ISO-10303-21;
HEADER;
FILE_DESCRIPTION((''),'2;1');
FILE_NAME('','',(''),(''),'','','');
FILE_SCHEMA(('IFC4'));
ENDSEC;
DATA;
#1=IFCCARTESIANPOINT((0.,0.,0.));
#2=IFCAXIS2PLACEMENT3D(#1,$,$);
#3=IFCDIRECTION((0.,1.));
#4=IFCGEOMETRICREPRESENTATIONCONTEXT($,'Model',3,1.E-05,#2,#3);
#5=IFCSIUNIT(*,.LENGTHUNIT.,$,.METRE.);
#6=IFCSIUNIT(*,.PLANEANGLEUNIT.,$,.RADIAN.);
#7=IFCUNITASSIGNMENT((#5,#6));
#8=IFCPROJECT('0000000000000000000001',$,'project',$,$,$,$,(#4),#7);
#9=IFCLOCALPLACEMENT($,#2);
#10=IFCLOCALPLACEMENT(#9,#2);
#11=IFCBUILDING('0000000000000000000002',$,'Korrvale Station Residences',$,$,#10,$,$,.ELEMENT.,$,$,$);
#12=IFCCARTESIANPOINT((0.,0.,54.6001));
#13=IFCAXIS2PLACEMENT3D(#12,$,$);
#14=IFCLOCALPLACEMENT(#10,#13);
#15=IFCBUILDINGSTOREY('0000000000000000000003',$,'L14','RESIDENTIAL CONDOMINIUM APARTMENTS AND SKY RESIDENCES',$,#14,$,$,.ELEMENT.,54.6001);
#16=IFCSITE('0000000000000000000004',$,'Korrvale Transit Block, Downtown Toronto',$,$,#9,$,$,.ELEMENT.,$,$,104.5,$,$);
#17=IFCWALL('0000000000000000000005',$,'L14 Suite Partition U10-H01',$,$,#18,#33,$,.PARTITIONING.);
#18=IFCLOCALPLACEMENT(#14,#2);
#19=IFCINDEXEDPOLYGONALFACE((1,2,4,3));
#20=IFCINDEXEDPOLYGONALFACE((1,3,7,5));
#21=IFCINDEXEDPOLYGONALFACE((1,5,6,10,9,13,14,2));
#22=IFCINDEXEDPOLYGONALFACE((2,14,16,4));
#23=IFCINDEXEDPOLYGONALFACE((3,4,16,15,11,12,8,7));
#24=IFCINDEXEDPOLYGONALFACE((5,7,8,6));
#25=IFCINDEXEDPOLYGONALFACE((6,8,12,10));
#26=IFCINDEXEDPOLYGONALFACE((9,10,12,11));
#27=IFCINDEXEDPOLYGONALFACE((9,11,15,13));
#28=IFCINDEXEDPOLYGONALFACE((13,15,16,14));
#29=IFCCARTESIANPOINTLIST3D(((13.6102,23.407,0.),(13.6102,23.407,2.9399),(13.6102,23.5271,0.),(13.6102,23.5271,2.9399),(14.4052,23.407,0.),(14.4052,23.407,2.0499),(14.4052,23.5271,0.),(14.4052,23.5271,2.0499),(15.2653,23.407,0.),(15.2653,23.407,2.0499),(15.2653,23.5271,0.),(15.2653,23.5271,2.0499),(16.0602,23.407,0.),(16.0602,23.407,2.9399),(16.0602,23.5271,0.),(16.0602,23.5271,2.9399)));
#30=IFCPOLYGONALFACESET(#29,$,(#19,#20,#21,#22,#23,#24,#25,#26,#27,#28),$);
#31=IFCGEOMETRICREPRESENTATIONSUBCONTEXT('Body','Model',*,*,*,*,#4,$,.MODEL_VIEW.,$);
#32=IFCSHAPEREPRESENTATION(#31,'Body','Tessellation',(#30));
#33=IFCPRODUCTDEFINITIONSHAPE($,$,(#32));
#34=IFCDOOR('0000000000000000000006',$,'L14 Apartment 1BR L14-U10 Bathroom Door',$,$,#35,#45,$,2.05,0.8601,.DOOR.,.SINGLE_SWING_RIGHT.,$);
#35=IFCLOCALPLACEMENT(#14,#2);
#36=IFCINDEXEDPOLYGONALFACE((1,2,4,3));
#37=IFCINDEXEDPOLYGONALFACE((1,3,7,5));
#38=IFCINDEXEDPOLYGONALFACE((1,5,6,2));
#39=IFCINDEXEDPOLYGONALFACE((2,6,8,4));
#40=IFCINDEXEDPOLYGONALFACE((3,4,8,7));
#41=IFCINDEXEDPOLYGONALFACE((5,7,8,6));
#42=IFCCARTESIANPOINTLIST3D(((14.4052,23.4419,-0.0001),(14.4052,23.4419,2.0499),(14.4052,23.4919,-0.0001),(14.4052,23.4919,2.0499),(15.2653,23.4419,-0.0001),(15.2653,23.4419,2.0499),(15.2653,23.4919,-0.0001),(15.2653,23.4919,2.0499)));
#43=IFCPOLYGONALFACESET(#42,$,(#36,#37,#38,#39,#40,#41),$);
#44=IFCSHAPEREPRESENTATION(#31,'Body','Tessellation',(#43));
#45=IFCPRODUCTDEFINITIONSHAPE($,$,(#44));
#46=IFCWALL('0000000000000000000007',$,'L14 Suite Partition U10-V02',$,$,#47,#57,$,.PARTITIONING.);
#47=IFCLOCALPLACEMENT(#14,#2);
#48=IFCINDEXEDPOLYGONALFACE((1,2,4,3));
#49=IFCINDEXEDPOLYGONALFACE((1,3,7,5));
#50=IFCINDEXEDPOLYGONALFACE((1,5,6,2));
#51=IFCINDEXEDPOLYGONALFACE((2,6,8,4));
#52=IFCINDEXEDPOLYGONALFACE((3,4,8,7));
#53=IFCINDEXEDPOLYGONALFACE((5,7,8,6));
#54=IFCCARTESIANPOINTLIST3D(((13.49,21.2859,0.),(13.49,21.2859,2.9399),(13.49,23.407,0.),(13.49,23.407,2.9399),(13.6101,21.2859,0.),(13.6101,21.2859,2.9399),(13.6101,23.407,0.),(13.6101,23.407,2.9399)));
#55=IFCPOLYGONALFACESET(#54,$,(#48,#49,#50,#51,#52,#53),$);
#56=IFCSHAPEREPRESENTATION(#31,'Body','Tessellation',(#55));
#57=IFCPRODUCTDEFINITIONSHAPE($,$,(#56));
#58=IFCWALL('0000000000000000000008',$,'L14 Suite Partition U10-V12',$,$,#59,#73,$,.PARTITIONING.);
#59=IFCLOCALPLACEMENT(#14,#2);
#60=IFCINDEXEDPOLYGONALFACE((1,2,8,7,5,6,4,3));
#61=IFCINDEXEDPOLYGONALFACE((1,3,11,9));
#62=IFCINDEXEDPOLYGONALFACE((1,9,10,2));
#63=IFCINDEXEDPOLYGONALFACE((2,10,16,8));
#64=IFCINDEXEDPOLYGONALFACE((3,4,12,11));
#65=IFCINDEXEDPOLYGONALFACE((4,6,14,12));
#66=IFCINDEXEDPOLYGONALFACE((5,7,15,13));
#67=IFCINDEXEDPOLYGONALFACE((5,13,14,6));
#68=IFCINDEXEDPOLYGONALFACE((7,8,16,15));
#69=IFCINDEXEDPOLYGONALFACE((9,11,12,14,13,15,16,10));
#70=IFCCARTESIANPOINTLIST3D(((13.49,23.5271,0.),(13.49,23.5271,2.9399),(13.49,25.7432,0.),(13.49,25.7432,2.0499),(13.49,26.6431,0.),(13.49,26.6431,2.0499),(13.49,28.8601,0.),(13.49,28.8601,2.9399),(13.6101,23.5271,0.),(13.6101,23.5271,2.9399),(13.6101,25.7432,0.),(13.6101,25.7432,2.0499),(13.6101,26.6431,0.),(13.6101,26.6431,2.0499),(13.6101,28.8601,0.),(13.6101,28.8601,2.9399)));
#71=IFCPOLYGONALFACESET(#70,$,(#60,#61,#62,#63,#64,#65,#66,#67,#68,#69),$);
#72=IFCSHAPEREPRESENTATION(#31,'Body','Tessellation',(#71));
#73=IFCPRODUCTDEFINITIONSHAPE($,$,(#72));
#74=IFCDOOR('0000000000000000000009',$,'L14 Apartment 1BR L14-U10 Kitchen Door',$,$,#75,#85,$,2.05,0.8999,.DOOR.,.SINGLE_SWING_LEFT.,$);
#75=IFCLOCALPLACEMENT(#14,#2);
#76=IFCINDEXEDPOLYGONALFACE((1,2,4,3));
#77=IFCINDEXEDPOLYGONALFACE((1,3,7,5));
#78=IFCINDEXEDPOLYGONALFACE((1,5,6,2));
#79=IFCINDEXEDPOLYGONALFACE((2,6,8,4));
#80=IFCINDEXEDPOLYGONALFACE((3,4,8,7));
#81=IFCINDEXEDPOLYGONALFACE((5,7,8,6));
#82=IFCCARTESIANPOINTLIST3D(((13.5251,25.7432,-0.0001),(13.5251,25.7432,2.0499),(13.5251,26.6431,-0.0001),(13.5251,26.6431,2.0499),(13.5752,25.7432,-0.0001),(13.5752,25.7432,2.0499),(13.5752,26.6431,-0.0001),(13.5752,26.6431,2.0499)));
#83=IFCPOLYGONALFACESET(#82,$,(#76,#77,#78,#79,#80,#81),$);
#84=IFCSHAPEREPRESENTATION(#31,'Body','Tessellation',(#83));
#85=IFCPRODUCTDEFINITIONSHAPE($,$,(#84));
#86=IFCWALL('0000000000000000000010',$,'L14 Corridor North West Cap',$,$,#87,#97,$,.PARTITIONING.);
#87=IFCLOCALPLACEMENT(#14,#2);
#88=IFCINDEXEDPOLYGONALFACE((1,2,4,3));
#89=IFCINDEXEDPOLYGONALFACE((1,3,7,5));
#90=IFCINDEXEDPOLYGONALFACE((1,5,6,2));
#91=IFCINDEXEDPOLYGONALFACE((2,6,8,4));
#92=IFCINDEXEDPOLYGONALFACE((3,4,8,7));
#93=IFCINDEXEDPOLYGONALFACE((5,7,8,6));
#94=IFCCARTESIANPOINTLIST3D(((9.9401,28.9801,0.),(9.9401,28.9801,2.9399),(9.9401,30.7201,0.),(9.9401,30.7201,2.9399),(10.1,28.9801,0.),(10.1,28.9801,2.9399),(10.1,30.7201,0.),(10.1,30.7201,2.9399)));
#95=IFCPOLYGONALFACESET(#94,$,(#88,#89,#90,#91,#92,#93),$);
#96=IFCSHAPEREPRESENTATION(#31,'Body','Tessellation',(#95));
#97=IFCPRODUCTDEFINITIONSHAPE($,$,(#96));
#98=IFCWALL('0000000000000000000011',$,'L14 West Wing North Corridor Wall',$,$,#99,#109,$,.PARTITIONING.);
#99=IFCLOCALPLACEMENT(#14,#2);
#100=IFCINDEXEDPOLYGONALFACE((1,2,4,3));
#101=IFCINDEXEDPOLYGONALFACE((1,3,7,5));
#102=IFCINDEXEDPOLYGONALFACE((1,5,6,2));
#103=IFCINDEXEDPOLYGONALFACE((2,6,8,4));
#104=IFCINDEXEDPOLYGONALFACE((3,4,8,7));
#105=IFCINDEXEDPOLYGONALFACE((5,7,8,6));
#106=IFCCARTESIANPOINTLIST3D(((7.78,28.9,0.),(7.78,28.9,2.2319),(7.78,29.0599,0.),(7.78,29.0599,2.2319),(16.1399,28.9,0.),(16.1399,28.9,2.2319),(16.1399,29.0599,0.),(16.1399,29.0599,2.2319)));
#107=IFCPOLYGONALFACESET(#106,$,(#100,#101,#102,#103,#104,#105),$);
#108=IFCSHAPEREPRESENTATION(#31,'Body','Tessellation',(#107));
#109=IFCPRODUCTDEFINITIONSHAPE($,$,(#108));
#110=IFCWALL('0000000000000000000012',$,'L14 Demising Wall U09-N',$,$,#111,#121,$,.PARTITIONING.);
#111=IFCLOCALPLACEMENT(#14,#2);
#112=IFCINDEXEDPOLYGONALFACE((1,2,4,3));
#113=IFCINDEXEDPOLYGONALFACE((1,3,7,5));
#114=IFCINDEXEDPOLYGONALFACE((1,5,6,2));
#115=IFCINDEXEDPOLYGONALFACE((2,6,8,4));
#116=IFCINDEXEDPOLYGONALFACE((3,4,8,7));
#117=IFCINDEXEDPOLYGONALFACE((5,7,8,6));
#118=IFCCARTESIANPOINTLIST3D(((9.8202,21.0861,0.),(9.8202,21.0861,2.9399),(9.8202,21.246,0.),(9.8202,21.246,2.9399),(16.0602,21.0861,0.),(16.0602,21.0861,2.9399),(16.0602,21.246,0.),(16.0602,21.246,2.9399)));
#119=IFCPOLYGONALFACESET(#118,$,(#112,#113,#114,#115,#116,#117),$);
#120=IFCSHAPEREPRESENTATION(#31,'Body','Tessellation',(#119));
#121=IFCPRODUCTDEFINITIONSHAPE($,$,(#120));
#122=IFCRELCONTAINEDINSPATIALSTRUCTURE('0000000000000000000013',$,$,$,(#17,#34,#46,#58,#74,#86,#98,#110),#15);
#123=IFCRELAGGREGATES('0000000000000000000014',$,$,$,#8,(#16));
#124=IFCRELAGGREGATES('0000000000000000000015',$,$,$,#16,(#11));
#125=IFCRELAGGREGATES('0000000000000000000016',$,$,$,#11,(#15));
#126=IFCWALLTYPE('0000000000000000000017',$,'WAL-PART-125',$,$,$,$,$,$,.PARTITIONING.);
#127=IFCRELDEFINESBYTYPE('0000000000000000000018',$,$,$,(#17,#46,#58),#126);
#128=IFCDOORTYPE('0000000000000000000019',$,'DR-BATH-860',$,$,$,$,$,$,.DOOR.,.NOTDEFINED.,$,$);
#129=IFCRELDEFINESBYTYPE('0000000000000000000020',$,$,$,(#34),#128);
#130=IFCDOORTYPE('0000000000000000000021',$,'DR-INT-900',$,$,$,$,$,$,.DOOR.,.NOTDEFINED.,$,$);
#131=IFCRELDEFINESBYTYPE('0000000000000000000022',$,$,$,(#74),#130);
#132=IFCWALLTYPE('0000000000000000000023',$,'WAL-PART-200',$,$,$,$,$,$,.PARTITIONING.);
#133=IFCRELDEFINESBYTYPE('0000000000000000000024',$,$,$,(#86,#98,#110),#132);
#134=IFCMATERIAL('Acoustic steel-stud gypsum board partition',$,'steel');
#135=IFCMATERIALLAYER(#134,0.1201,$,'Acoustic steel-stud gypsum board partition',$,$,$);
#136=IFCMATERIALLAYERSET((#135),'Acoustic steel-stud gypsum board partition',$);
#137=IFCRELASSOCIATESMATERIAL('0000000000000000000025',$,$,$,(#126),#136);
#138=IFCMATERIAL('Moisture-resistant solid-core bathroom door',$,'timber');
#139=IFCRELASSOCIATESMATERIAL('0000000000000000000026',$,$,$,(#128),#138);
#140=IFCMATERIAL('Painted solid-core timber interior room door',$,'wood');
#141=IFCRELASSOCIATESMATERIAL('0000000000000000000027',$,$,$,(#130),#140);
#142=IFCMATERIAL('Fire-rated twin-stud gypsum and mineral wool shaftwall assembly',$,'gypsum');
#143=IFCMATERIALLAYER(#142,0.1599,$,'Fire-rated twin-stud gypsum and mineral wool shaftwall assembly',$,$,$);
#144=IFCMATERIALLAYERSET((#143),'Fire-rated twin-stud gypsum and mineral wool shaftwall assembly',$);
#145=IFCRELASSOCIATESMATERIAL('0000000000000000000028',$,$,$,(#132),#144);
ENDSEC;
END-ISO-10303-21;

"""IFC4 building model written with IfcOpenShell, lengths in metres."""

from ifc_helpers import new_model, si_unit, direction, frame, frame_2d, origin, place, context, subcontext, project, spatial, rectangle, extrude, material, layer, layer_set, type_object, element, fill, save


model = new_model("IFC4")

# Units and contexts
model_context = context("Model", 3, precision=1e-05, world=origin(), true_north=direction((0.0, 1.0)))
body_context = subcontext(model_context, "Body", "Model", "MODEL_VIEW")
ifc_project = project(units=[si_unit("LENGTHUNIT", "METRE"), si_unit("PLANEANGLEUNIT", "RADIAN")], contexts=[model_context])

# Site, building, storey
site_placement = place(None, origin())
site = spatial("IfcSite", under=ifc_project, at=site_placement, Name="Korrvale Transit Block, Downtown Toronto", CompositionType="ELEMENT", RefElevation=104.5)
building_placement = place(site_placement, origin())
building = spatial("IfcBuilding", under=site, at=building_placement, Name="Korrvale Station Residences", CompositionType="ELEMENT")
storey_placement = place(building_placement, frame((0.0, 0.0, 54.6001)))
storey = spatial("IfcBuildingStorey", under=building, at=storey_placement, Name="L14", Description="RESIDENTIAL CONDOMINIUM APARTMENTS AND SKY RESIDENCES", CompositionType="ELEMENT", Elevation=54.6001)

# Wall, opening, door
ifc_material_1 = material(Name="Acoustic steel-stud gypsum board partition", Category="steel")
ifc_layer_1 = layer(ifc_material_1, 0.1201, Name="Acoustic steel-stud gypsum board partition")
ifc_layer_set_1 = layer_set([ifc_layer_1], Name="Acoustic steel-stud gypsum board partition")
wall_type_1 = type_object("IfcWallType", Name="WAL-PART-125", PredefinedType="PARTITIONING", material=ifc_layer_set_1)
ifc_material_2 = material(Name="Moisture-resistant solid-core bathroom door", Category="timber")
door_type_1 = type_object("IfcDoorType", Name="DR-BATH-860", OperationType="NOTDEFINED", PredefinedType="DOOR", material=ifc_material_2)
ifc_material_3 = material(Name="Painted solid-core timber interior room door", Category="wood")
door_type_2 = type_object("IfcDoorType", Name="DR-INT-900", OperationType="NOTDEFINED", PredefinedType="DOOR", material=ifc_material_3)
wall_1_placement = place(storey_placement, frame((13.6101, 23.467, 0.0), z_axis=(0.0, 0.0, 1.0), x_axis=(1.0, 0.0, 0.0)))
wall_1 = element("IfcWall", 1, at=wall_1_placement, inside=storey, type_object=wall_type_1, Name="L14 Suite Partition U10-H01", PredefinedType="PARTITIONING", context=body_context, shape_type="SweptSolid", body=[
    extrude(rectangle(XDim=2.45, YDim=0.1201, at=frame_2d((1.2251, 0.0))), origin(), (0.0, 0.0, 1.0), 2.9399),
])
opening_1_placement = place(wall_1_placement, frame((0.7949, 0.0, 0.0)))
opening_1 = element("IfcOpeningElement", 2, at=opening_1_placement, cuts=wall_1, PredefinedType="OPENING", context=body_context, shape_type="SweptSolid", body=[
    extrude(rectangle(XDim=0.8601, YDim=2.05, at=frame_2d((0.4302, 1.0249))), frame((0.0, 0.0701, 0.0), z_axis=(0.0, -1.0, 0.0), x_axis=(1.0, 0.0, 0.0)), (0.0, 0.0, 1.0), 0.1401),
])
door_1_placement = place(opening_1_placement, origin())
door_1 = element("IfcDoor", 3, at=door_1_placement, inside=storey, type_object=door_type_1, Name="L14 Apartment 1BR L14-U10 Bathroom Door", OperationType="SINGLE_SWING_RIGHT", OverallHeight=2.05, OverallWidth=0.8601, PredefinedType="DOOR", context=body_context, shape_type="SweptSolid", body=[
    extrude(rectangle(XDim=0.8601, YDim=2.05, at=frame_2d((0.4302, 1.0249))), frame((0.0, 0.0249, 0.0), z_axis=(0.0, -1.0, 0.0), x_axis=(1.0, 0.0, 0.0)), (0.0, 0.0, 1.0), 0.05),
])
fill(opening_1, door_1)

# Wall
wall_2_placement = place(storey_placement, frame((13.55, 21.2859, 0.0), z_axis=(0.0, 0.0, 1.0), x_axis=(0.0, 1.0, 0.0)))
element("IfcWall", 4, at=wall_2_placement, inside=storey, type_object=wall_type_1, Name="L14 Suite Partition U10-V02", PredefinedType="PARTITIONING", context=body_context, shape_type="SweptSolid", body=[
    extrude(rectangle(XDim=2.1211, YDim=0.1201, at=frame_2d((1.0605, 0.0))), origin(), (0.0, 0.0, 1.0), 2.9399),
])

# Wall, opening, door
wall_3_placement = place(storey_placement, frame((13.55, 23.5271, 0.0), z_axis=(0.0, 0.0, 1.0), x_axis=(0.0, 1.0, 0.0)))
wall_3 = element("IfcWall", 5, at=wall_3_placement, inside=storey, type_object=wall_type_1, Name="L14 Suite Partition U10-V12", PredefinedType="PARTITIONING", context=body_context, shape_type="SweptSolid", body=[
    extrude(rectangle(XDim=5.333, YDim=0.1201, at=frame_2d((2.6665, 0.0))), origin(), (0.0, 0.0, 1.0), 2.9399),
])
opening_2_placement = place(wall_3_placement, frame((2.2161, 0.0, 0.0)))
opening_2 = element("IfcOpeningElement", 6, at=opening_2_placement, cuts=wall_3, PredefinedType="OPENING", context=body_context, shape_type="SweptSolid", body=[
    extrude(rectangle(XDim=0.8999, YDim=2.05, at=frame_2d((0.45, 1.0249))), frame((0.0, 0.0701, 0.0), z_axis=(0.0, -1.0, 0.0), x_axis=(1.0, 0.0, 0.0)), (0.0, 0.0, 1.0), 0.1401),
])
door_2_placement = place(opening_2_placement, origin())
door_2 = element("IfcDoor", 7, at=door_2_placement, inside=storey, type_object=door_type_2, Name="L14 Apartment 1BR L14-U10 Kitchen Door", OperationType="SINGLE_SWING_LEFT", OverallHeight=2.05, OverallWidth=0.8999, PredefinedType="DOOR", context=body_context, shape_type="SweptSolid", body=[
    extrude(rectangle(XDim=0.8999, YDim=2.05, at=frame_2d((0.45, 1.0249))), frame((0.0, 0.0249, 0.0), z_axis=(0.0, -1.0, 0.0), x_axis=(1.0, 0.0, 0.0)), (0.0, 0.0, 1.0), 0.05),
])
fill(opening_2, door_2)

# Walls
ifc_material_4 = material(Name="Fire-rated twin-stud gypsum and mineral wool shaftwall assembly", Category="gypsum")
ifc_layer_2 = layer(ifc_material_4, 0.1599, Name="Fire-rated twin-stud gypsum and mineral wool shaftwall assembly")
ifc_layer_set_2 = layer_set([ifc_layer_2], Name="Fire-rated twin-stud gypsum and mineral wool shaftwall assembly")
wall_type_2 = type_object("IfcWallType", Name="WAL-PART-200", PredefinedType="PARTITIONING", material=ifc_layer_set_2)
wall_4_placement = place(storey_placement, frame((10.02, 28.98, 0.0), z_axis=(0.0, 0.0, 1.0), x_axis=(0.0, 1.0, 0.0)))
element("IfcWall", 8, at=wall_4_placement, inside=storey, type_object=wall_type_2, Name="L14 Corridor North West Cap", PredefinedType="PARTITIONING", context=body_context, shape_type="SweptSolid", body=[
    extrude(rectangle(XDim=1.74, YDim=0.1599, at=frame_2d((0.8701, 0.0))), origin(), (0.0, 0.0, 1.0), 2.9399),
])
wall_5_placement = place(storey_placement, frame((7.78, 28.98, 0.0), z_axis=(0.0, 0.0, 1.0), x_axis=(1.0, 0.0, 0.0)))
element("IfcWall", 9, at=wall_5_placement, inside=storey, type_object=wall_type_2, Name="L14 West Wing North Corridor Wall", PredefinedType="PARTITIONING", context=body_context, shape_type="SweptSolid", body=[
    extrude(rectangle(XDim=8.3599, YDim=0.1599, at=frame_2d((4.1799, 0.0))), origin(), (0.0, 0.0, 1.0), 2.2319),
])
wall_6_placement = place(storey_placement, frame((9.8201, 21.166, 0.0), z_axis=(0.0, 0.0, 1.0), x_axis=(1.0, 0.0, 0.0)))
element("IfcWall", 10, at=wall_6_placement, inside=storey, type_object=wall_type_2, Name="L14 Demising Wall U09-N", PredefinedType="PARTITIONING", context=body_context, shape_type="SweptSolid", body=[
    extrude(rectangle(XDim=6.24, YDim=0.1599, at=frame_2d((3.1201, 0.0))), origin(), (0.0, 0.0, 1.0), 2.9399),
])

save(model, "model.ifc")
